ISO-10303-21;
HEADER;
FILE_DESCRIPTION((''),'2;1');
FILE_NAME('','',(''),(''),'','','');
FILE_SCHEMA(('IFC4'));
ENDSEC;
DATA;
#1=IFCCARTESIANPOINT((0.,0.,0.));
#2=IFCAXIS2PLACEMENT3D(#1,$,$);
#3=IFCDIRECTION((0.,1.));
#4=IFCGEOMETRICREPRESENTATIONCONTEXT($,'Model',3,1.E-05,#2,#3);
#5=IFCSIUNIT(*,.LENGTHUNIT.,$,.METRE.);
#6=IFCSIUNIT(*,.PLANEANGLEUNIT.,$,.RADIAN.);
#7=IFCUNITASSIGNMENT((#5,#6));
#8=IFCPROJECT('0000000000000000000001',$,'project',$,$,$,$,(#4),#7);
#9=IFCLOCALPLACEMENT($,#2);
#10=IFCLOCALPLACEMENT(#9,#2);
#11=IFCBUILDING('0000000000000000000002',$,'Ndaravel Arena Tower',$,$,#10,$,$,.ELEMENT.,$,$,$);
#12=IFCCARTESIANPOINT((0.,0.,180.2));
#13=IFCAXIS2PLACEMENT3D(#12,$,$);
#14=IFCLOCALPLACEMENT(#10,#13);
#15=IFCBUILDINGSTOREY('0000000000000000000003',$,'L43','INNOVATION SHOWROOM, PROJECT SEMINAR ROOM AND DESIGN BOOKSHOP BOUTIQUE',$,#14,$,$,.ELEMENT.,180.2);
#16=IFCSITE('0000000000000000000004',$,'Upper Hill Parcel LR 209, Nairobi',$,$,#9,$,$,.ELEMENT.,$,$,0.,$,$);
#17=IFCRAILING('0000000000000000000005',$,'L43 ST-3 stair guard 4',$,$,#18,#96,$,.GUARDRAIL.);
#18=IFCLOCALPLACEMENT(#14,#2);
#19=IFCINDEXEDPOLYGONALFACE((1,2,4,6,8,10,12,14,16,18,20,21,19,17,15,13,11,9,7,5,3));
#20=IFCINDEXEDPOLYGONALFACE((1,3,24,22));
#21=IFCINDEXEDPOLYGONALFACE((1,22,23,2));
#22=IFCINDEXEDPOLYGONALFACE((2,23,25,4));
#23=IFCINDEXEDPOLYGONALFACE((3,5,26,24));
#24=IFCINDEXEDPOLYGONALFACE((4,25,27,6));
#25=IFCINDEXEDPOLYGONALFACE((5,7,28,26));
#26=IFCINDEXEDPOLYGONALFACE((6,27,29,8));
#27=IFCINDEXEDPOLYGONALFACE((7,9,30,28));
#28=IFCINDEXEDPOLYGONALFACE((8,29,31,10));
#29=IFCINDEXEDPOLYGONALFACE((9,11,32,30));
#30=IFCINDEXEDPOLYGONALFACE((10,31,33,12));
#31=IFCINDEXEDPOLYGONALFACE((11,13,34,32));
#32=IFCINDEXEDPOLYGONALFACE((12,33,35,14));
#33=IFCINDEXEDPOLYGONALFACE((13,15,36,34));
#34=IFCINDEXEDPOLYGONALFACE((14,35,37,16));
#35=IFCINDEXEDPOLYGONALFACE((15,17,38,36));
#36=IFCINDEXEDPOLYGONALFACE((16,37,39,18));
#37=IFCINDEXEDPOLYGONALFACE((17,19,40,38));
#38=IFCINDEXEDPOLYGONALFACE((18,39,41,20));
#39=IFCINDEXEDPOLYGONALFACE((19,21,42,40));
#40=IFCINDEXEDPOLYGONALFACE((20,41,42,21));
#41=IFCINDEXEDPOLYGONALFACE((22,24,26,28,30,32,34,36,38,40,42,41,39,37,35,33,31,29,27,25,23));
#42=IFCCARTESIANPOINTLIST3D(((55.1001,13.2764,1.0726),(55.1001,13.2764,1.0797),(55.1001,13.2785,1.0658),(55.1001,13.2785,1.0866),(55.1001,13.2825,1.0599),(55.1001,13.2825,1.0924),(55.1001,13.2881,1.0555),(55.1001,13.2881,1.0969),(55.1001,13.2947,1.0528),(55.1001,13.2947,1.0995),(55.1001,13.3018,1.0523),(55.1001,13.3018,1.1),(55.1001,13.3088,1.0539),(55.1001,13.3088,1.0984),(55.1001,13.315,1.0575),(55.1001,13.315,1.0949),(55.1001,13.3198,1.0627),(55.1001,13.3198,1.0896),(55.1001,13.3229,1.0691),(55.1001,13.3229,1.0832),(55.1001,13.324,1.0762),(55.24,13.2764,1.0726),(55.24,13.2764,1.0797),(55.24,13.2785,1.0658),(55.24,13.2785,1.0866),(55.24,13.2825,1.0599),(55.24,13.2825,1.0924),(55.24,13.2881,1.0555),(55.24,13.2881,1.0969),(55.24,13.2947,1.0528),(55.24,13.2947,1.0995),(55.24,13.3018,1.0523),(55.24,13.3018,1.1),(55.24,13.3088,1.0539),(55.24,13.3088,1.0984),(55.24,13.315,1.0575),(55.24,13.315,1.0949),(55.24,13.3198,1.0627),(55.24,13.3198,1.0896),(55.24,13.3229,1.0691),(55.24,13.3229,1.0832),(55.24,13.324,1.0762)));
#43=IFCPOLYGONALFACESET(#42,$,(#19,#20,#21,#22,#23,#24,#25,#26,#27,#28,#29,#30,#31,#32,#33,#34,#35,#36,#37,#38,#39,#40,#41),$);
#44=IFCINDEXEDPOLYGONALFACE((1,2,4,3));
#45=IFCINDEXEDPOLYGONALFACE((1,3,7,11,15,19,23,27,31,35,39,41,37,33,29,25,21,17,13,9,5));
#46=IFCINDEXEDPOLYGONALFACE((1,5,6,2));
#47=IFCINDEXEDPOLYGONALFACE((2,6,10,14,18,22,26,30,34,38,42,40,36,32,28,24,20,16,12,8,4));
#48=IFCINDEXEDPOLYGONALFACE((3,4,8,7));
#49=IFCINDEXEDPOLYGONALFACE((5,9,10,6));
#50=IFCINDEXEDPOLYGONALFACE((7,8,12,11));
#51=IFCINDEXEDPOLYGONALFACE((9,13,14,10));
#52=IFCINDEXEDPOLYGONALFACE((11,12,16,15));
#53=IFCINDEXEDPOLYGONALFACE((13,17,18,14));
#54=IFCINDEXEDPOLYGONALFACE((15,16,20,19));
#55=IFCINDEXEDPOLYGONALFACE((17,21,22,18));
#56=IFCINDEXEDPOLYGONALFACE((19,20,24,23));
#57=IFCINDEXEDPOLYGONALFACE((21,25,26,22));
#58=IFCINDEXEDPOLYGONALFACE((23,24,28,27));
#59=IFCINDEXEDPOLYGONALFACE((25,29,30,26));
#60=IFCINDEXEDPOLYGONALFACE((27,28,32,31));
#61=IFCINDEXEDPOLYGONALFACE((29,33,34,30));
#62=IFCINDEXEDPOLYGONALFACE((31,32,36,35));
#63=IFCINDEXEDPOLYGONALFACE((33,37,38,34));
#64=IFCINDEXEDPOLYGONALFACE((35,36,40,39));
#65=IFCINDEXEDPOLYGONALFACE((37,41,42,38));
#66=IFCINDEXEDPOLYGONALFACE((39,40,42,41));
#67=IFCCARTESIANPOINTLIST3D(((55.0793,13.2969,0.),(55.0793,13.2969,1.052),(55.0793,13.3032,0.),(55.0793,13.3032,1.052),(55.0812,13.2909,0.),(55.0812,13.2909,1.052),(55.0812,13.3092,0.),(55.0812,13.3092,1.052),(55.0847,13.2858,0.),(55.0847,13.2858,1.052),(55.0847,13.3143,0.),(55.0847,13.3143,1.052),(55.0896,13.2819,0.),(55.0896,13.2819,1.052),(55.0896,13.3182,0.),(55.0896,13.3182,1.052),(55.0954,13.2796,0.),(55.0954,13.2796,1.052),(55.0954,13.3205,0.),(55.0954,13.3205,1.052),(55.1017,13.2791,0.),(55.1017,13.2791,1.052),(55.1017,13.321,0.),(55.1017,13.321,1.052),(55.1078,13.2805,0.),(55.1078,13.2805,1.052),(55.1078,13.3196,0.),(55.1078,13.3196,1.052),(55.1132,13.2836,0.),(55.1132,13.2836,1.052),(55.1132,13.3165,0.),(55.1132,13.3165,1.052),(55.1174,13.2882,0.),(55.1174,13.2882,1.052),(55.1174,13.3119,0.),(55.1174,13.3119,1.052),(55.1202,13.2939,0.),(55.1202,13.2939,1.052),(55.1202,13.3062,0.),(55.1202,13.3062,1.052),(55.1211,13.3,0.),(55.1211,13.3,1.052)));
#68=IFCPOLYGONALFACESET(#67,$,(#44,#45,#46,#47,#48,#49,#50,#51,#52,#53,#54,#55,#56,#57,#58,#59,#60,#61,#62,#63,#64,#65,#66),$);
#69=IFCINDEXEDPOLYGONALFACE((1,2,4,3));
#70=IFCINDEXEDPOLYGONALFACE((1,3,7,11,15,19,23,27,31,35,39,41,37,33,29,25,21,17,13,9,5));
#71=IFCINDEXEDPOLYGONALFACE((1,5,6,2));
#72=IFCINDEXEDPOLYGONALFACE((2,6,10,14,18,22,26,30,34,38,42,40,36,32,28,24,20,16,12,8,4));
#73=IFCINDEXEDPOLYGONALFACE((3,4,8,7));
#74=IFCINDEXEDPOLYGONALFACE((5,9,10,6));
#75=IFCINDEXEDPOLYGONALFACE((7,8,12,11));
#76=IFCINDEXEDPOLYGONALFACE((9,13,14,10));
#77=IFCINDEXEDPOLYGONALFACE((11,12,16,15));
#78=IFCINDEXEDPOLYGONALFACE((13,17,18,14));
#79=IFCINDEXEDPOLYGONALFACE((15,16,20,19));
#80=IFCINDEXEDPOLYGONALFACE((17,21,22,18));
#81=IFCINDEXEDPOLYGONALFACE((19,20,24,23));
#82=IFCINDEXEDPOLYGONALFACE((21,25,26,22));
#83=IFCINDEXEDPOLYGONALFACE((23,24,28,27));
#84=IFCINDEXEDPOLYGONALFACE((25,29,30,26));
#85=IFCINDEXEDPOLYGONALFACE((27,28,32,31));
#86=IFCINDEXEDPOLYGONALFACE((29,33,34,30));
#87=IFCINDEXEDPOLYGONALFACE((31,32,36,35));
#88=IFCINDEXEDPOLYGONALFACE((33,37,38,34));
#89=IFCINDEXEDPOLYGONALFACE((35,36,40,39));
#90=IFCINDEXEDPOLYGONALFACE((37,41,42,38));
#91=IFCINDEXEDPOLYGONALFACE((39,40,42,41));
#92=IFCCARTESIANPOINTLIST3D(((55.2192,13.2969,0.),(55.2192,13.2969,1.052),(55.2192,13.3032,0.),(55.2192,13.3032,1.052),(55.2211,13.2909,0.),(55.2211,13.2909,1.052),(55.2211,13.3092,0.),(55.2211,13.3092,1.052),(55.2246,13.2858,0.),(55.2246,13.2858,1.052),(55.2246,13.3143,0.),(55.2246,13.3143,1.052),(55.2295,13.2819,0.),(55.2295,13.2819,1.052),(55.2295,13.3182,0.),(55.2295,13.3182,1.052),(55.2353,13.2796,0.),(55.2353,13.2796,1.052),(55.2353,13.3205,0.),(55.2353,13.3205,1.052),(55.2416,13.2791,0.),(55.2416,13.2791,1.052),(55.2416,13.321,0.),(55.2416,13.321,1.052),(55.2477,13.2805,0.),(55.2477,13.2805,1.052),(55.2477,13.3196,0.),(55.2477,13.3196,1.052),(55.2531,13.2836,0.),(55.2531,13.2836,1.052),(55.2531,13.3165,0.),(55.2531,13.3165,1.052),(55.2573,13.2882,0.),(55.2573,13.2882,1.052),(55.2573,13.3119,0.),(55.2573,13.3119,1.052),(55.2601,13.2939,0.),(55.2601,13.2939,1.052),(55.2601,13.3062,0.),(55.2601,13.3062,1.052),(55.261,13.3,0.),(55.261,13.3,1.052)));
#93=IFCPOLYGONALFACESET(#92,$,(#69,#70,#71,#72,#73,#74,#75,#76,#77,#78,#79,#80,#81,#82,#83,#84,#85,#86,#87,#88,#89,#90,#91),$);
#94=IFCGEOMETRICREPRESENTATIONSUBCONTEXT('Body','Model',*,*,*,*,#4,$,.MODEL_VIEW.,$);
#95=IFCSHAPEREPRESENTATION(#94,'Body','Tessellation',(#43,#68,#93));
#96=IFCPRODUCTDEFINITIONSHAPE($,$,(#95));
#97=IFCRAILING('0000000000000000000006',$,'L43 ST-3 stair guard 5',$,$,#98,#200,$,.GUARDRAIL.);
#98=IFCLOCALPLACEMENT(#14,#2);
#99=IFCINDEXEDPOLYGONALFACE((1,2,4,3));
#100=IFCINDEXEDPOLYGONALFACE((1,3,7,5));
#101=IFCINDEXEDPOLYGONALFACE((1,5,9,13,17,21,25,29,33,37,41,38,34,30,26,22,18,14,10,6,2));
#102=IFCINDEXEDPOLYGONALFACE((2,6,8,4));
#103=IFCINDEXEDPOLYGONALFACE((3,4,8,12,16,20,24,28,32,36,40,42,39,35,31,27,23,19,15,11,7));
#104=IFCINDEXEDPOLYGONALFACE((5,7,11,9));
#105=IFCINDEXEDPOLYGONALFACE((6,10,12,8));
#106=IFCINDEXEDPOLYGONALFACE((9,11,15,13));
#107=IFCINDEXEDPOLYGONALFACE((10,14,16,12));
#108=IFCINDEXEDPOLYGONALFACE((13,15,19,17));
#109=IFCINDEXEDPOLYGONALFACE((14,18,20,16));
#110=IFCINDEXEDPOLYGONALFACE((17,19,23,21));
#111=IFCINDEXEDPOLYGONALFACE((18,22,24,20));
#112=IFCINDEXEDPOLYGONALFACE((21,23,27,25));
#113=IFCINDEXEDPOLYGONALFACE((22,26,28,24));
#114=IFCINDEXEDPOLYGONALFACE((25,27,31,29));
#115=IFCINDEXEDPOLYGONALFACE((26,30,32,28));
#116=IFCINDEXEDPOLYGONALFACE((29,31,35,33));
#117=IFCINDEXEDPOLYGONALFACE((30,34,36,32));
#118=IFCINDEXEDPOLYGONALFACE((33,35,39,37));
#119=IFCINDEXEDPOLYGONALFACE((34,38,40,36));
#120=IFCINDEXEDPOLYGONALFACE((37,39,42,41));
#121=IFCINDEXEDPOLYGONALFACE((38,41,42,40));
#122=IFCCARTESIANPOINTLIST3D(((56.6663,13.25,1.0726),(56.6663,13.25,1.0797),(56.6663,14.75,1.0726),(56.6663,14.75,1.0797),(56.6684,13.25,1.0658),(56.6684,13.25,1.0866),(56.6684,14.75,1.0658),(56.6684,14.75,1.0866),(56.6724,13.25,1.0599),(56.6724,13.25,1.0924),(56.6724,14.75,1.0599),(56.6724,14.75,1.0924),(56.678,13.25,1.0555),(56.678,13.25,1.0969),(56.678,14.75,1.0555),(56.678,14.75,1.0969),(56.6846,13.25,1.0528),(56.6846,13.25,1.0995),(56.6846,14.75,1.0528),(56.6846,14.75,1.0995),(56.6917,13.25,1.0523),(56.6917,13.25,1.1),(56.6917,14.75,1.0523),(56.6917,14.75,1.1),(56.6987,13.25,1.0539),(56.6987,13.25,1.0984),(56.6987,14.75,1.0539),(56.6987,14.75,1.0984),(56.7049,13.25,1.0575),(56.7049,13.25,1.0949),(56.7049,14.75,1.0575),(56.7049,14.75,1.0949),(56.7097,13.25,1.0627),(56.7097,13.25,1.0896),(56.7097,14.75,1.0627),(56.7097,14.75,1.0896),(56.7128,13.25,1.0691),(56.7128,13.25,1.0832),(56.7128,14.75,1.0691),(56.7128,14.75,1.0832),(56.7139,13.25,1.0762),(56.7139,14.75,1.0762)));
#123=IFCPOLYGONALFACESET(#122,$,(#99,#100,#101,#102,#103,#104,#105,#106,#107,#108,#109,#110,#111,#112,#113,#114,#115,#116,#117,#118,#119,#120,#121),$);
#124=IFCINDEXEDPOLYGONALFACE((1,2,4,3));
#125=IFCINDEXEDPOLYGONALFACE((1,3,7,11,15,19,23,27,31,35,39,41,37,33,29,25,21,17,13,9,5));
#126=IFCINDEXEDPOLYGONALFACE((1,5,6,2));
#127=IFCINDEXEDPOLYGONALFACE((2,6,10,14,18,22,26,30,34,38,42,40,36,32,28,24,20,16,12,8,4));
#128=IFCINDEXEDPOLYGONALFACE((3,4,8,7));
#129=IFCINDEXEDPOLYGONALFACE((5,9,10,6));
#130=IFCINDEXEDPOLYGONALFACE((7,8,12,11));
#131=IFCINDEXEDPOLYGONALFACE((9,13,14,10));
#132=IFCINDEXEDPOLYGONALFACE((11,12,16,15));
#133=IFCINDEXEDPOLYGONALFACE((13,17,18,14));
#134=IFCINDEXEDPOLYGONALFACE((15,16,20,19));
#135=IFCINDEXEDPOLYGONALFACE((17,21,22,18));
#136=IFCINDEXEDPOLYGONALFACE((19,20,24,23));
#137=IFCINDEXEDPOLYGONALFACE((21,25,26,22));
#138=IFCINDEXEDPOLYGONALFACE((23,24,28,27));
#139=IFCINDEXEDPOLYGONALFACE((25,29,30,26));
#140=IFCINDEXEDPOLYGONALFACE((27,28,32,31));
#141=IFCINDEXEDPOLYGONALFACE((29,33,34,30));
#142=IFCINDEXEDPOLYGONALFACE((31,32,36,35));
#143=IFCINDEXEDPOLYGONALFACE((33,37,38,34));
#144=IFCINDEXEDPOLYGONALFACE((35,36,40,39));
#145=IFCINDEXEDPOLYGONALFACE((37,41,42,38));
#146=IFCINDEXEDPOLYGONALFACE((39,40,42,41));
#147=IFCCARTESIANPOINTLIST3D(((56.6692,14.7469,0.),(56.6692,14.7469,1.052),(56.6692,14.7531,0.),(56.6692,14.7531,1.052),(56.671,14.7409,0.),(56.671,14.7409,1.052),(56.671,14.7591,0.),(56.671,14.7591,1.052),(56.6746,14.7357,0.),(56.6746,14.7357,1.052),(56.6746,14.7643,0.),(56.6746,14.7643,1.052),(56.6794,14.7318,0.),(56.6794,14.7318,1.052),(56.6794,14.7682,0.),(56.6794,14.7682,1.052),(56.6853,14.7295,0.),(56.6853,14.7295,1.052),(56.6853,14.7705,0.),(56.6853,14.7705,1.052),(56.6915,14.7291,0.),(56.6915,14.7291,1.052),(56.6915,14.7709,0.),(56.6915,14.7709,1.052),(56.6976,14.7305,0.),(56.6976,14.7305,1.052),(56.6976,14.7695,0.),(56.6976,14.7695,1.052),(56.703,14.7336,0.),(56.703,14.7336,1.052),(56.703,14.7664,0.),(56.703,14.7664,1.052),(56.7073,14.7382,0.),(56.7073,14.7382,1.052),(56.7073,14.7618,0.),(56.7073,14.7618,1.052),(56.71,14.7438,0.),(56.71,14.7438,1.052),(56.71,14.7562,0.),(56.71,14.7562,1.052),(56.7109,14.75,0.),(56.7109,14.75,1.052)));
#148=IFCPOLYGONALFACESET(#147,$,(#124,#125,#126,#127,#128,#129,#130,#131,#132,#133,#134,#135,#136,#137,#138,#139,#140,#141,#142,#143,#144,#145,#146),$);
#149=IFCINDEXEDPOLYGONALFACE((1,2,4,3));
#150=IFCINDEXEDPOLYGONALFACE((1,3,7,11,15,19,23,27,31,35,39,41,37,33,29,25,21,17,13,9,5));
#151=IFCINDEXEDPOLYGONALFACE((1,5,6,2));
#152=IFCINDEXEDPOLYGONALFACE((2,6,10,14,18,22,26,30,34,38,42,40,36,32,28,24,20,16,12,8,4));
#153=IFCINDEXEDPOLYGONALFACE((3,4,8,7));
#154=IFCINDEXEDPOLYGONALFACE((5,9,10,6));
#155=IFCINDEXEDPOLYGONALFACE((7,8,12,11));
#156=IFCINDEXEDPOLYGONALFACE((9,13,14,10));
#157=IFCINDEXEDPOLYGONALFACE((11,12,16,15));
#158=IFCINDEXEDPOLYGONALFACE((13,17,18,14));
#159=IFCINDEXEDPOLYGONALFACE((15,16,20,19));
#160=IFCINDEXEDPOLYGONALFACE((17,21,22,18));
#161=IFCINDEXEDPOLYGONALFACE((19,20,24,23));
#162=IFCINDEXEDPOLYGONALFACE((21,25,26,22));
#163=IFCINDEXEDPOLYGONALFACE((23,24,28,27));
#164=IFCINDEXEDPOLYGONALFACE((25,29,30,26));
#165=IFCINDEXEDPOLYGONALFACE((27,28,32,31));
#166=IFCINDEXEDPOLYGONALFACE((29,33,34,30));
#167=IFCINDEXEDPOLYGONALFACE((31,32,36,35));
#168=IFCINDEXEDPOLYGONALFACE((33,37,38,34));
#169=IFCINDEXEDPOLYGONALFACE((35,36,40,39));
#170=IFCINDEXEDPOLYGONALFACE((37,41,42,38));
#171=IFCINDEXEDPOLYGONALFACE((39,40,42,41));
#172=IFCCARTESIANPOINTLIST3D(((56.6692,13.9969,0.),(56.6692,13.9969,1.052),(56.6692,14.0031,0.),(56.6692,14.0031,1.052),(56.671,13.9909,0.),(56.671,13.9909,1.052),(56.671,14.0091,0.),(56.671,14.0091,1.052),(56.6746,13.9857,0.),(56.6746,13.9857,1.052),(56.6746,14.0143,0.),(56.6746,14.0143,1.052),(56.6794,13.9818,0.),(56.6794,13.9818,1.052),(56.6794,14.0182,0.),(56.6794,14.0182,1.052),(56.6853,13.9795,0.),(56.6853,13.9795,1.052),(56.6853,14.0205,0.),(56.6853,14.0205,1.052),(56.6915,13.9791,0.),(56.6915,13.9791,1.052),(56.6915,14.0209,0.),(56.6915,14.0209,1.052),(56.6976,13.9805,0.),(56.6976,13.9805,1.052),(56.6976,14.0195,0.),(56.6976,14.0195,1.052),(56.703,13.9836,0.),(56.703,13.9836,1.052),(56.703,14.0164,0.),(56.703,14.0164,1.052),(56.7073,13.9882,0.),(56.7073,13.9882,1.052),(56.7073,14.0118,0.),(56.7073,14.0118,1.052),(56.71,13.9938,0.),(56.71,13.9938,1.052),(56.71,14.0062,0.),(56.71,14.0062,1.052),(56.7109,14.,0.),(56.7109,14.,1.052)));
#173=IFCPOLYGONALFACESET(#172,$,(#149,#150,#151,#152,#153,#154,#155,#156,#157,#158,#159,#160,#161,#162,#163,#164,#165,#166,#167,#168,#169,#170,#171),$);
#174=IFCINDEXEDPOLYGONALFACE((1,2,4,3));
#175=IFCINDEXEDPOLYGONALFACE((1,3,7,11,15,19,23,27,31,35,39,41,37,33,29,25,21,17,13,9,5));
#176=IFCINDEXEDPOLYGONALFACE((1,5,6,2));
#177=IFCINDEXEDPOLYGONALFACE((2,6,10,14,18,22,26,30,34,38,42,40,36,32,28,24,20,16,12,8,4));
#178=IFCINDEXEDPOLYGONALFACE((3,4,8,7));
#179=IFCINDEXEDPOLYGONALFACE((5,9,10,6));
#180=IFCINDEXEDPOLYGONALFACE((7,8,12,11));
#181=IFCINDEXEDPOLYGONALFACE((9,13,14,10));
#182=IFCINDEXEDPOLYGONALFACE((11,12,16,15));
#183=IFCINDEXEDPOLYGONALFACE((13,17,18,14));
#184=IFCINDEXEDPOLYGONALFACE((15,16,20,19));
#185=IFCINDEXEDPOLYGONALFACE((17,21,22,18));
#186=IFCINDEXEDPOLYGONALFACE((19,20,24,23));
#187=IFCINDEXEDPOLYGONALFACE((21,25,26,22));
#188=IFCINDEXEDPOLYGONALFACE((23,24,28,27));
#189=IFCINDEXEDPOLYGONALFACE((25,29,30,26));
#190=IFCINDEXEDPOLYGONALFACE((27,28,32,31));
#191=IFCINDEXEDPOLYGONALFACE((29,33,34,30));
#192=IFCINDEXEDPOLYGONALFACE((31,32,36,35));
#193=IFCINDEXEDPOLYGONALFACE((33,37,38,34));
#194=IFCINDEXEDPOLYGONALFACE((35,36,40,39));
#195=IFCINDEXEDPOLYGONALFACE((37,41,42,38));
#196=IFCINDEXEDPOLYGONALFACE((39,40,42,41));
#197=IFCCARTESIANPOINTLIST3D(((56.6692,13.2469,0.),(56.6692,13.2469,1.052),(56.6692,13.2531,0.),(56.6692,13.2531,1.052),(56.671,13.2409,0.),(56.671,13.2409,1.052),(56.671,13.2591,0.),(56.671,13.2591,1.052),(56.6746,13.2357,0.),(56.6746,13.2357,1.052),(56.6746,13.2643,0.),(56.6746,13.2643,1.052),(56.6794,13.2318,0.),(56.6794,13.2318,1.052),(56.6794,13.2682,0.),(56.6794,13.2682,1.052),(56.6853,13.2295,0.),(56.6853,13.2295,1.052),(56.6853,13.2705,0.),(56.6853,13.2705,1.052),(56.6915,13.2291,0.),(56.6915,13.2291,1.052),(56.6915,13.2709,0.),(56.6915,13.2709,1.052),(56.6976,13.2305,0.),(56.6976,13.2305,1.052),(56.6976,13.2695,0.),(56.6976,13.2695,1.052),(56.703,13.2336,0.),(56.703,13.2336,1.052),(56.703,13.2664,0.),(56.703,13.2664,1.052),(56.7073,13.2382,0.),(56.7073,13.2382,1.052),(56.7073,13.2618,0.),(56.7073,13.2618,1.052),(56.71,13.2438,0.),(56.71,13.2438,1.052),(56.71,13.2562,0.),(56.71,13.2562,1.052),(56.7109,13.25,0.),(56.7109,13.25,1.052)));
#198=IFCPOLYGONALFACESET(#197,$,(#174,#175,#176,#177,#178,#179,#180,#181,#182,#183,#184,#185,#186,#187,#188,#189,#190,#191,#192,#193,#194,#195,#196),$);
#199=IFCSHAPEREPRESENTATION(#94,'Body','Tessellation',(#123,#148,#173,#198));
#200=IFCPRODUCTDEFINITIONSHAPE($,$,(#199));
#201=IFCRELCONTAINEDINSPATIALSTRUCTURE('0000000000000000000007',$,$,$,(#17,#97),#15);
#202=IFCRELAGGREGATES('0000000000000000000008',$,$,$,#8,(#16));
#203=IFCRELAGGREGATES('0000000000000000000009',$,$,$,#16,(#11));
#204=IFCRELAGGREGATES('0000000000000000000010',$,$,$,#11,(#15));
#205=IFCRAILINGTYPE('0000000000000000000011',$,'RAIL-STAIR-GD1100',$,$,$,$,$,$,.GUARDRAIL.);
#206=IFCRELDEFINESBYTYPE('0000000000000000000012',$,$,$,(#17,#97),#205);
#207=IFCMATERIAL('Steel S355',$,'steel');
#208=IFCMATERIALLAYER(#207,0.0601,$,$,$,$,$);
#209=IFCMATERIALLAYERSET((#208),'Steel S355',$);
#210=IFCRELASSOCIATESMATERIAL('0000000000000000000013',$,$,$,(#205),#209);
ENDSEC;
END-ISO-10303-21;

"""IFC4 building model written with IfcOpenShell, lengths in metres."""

from ifc_helpers import new_model, si_unit, direction, frame, origin, origin_2d, place, context, subcontext, project, spatial, circle, extrude, material, layer, layer_set, type_object, element, save


model = new_model("IFC4")

# Units and contexts
model_context = context("Model", 3, precision=1e-05, world=origin(), true_north=direction((0.0, 1.0)))
body_context = subcontext(model_context, "Body", "Model", "MODEL_VIEW")
ifc_project = project(units=[si_unit("LENGTHUNIT", "METRE"), si_unit("PLANEANGLEUNIT", "RADIAN")], contexts=[model_context])

# Site, building, storey
site_placement = place(None, origin())
site = spatial("IfcSite", under=ifc_project, at=site_placement, Name="Upper Hill Parcel LR 209, Nairobi", CompositionType="ELEMENT", RefElevation=0.0)
building_placement = place(site_placement, origin())
building = spatial("IfcBuilding", under=site, at=building_placement, Name="Ndaravel Arena Tower", CompositionType="ELEMENT")
storey_placement = place(building_placement, frame((0.0, 0.0, 180.2)))
storey = spatial("IfcBuildingStorey", under=building, at=storey_placement, Name="L43", Description="INNOVATION SHOWROOM, PROJECT SEMINAR ROOM AND DESIGN BOOKSHOP BOUTIQUE", CompositionType="ELEMENT", Elevation=180.2)

# Railings
ifc_material_1 = material(Name="Steel S355", Category="steel")
ifc_layer_1 = layer(ifc_material_1, 0.0601)
ifc_layer_set_1 = layer_set([ifc_layer_1], Name="Steel S355")
railing_type = type_object("IfcRailingType", Name="RAIL-STAIR-GD1100", PredefinedType="GUARDRAIL", material=ifc_layer_set_1)
railing_1_placement = place(storey_placement, frame((55.1001, 13.3, 0.0)))
element("IfcRailing", 1, at=railing_1_placement, inside=storey, type_object=railing_type, Name="L43 ST-3 stair guard 4", PredefinedType="GUARDRAIL", context=body_context, shape_type="SweptSolid", body=[
    extrude(circle(Radius=0.0239, at=origin_2d()), frame((0.0, 0.0, 1.0762), z_axis=(1.0, 0.0, 0.0), x_axis=(0.0, 1.0, 0.0)), (0.0, 0.0, 1.0), 0.1399),
    extrude(circle(Radius=0.021, at=origin_2d()), origin(), (0.0, 0.0, 1.0), 1.052),
    extrude(circle(Radius=0.021, at=origin_2d()), frame((0.1399, 0.0, 0.0)), (0.0, 0.0, 1.0), 1.052),
])
railing_2_placement = place(storey_placement, frame((56.6899, 14.75, 0.0)))
element("IfcRailing", 2, at=railing_2_placement, inside=storey, type_object=railing_type, Name="L43 ST-3 stair guard 5", PredefinedType="GUARDRAIL", context=body_context, shape_type="SweptSolid", body=[
    extrude(circle(Radius=0.0239, at=origin_2d()), frame((0.0, 0.0, 1.0762), z_axis=(0.0, -1.0, 0.0), x_axis=(1.0, 0.0, 0.0)), (0.0, 0.0, 1.0), 1.5),
    extrude(circle(Radius=0.021, at=origin_2d()), origin(), (0.0, 0.0, 1.0), 1.052),
    extrude(circle(Radius=0.021, at=origin_2d()), frame((0.0, -0.75, 0.0)), (0.0, 0.0, 1.0), 1.052),
    extrude(circle(Radius=0.021, at=origin_2d()), frame((0.0, -1.5, 0.0)), (0.0, 0.0, 1.0), 1.052),
])

save(model, "model.ifc")
